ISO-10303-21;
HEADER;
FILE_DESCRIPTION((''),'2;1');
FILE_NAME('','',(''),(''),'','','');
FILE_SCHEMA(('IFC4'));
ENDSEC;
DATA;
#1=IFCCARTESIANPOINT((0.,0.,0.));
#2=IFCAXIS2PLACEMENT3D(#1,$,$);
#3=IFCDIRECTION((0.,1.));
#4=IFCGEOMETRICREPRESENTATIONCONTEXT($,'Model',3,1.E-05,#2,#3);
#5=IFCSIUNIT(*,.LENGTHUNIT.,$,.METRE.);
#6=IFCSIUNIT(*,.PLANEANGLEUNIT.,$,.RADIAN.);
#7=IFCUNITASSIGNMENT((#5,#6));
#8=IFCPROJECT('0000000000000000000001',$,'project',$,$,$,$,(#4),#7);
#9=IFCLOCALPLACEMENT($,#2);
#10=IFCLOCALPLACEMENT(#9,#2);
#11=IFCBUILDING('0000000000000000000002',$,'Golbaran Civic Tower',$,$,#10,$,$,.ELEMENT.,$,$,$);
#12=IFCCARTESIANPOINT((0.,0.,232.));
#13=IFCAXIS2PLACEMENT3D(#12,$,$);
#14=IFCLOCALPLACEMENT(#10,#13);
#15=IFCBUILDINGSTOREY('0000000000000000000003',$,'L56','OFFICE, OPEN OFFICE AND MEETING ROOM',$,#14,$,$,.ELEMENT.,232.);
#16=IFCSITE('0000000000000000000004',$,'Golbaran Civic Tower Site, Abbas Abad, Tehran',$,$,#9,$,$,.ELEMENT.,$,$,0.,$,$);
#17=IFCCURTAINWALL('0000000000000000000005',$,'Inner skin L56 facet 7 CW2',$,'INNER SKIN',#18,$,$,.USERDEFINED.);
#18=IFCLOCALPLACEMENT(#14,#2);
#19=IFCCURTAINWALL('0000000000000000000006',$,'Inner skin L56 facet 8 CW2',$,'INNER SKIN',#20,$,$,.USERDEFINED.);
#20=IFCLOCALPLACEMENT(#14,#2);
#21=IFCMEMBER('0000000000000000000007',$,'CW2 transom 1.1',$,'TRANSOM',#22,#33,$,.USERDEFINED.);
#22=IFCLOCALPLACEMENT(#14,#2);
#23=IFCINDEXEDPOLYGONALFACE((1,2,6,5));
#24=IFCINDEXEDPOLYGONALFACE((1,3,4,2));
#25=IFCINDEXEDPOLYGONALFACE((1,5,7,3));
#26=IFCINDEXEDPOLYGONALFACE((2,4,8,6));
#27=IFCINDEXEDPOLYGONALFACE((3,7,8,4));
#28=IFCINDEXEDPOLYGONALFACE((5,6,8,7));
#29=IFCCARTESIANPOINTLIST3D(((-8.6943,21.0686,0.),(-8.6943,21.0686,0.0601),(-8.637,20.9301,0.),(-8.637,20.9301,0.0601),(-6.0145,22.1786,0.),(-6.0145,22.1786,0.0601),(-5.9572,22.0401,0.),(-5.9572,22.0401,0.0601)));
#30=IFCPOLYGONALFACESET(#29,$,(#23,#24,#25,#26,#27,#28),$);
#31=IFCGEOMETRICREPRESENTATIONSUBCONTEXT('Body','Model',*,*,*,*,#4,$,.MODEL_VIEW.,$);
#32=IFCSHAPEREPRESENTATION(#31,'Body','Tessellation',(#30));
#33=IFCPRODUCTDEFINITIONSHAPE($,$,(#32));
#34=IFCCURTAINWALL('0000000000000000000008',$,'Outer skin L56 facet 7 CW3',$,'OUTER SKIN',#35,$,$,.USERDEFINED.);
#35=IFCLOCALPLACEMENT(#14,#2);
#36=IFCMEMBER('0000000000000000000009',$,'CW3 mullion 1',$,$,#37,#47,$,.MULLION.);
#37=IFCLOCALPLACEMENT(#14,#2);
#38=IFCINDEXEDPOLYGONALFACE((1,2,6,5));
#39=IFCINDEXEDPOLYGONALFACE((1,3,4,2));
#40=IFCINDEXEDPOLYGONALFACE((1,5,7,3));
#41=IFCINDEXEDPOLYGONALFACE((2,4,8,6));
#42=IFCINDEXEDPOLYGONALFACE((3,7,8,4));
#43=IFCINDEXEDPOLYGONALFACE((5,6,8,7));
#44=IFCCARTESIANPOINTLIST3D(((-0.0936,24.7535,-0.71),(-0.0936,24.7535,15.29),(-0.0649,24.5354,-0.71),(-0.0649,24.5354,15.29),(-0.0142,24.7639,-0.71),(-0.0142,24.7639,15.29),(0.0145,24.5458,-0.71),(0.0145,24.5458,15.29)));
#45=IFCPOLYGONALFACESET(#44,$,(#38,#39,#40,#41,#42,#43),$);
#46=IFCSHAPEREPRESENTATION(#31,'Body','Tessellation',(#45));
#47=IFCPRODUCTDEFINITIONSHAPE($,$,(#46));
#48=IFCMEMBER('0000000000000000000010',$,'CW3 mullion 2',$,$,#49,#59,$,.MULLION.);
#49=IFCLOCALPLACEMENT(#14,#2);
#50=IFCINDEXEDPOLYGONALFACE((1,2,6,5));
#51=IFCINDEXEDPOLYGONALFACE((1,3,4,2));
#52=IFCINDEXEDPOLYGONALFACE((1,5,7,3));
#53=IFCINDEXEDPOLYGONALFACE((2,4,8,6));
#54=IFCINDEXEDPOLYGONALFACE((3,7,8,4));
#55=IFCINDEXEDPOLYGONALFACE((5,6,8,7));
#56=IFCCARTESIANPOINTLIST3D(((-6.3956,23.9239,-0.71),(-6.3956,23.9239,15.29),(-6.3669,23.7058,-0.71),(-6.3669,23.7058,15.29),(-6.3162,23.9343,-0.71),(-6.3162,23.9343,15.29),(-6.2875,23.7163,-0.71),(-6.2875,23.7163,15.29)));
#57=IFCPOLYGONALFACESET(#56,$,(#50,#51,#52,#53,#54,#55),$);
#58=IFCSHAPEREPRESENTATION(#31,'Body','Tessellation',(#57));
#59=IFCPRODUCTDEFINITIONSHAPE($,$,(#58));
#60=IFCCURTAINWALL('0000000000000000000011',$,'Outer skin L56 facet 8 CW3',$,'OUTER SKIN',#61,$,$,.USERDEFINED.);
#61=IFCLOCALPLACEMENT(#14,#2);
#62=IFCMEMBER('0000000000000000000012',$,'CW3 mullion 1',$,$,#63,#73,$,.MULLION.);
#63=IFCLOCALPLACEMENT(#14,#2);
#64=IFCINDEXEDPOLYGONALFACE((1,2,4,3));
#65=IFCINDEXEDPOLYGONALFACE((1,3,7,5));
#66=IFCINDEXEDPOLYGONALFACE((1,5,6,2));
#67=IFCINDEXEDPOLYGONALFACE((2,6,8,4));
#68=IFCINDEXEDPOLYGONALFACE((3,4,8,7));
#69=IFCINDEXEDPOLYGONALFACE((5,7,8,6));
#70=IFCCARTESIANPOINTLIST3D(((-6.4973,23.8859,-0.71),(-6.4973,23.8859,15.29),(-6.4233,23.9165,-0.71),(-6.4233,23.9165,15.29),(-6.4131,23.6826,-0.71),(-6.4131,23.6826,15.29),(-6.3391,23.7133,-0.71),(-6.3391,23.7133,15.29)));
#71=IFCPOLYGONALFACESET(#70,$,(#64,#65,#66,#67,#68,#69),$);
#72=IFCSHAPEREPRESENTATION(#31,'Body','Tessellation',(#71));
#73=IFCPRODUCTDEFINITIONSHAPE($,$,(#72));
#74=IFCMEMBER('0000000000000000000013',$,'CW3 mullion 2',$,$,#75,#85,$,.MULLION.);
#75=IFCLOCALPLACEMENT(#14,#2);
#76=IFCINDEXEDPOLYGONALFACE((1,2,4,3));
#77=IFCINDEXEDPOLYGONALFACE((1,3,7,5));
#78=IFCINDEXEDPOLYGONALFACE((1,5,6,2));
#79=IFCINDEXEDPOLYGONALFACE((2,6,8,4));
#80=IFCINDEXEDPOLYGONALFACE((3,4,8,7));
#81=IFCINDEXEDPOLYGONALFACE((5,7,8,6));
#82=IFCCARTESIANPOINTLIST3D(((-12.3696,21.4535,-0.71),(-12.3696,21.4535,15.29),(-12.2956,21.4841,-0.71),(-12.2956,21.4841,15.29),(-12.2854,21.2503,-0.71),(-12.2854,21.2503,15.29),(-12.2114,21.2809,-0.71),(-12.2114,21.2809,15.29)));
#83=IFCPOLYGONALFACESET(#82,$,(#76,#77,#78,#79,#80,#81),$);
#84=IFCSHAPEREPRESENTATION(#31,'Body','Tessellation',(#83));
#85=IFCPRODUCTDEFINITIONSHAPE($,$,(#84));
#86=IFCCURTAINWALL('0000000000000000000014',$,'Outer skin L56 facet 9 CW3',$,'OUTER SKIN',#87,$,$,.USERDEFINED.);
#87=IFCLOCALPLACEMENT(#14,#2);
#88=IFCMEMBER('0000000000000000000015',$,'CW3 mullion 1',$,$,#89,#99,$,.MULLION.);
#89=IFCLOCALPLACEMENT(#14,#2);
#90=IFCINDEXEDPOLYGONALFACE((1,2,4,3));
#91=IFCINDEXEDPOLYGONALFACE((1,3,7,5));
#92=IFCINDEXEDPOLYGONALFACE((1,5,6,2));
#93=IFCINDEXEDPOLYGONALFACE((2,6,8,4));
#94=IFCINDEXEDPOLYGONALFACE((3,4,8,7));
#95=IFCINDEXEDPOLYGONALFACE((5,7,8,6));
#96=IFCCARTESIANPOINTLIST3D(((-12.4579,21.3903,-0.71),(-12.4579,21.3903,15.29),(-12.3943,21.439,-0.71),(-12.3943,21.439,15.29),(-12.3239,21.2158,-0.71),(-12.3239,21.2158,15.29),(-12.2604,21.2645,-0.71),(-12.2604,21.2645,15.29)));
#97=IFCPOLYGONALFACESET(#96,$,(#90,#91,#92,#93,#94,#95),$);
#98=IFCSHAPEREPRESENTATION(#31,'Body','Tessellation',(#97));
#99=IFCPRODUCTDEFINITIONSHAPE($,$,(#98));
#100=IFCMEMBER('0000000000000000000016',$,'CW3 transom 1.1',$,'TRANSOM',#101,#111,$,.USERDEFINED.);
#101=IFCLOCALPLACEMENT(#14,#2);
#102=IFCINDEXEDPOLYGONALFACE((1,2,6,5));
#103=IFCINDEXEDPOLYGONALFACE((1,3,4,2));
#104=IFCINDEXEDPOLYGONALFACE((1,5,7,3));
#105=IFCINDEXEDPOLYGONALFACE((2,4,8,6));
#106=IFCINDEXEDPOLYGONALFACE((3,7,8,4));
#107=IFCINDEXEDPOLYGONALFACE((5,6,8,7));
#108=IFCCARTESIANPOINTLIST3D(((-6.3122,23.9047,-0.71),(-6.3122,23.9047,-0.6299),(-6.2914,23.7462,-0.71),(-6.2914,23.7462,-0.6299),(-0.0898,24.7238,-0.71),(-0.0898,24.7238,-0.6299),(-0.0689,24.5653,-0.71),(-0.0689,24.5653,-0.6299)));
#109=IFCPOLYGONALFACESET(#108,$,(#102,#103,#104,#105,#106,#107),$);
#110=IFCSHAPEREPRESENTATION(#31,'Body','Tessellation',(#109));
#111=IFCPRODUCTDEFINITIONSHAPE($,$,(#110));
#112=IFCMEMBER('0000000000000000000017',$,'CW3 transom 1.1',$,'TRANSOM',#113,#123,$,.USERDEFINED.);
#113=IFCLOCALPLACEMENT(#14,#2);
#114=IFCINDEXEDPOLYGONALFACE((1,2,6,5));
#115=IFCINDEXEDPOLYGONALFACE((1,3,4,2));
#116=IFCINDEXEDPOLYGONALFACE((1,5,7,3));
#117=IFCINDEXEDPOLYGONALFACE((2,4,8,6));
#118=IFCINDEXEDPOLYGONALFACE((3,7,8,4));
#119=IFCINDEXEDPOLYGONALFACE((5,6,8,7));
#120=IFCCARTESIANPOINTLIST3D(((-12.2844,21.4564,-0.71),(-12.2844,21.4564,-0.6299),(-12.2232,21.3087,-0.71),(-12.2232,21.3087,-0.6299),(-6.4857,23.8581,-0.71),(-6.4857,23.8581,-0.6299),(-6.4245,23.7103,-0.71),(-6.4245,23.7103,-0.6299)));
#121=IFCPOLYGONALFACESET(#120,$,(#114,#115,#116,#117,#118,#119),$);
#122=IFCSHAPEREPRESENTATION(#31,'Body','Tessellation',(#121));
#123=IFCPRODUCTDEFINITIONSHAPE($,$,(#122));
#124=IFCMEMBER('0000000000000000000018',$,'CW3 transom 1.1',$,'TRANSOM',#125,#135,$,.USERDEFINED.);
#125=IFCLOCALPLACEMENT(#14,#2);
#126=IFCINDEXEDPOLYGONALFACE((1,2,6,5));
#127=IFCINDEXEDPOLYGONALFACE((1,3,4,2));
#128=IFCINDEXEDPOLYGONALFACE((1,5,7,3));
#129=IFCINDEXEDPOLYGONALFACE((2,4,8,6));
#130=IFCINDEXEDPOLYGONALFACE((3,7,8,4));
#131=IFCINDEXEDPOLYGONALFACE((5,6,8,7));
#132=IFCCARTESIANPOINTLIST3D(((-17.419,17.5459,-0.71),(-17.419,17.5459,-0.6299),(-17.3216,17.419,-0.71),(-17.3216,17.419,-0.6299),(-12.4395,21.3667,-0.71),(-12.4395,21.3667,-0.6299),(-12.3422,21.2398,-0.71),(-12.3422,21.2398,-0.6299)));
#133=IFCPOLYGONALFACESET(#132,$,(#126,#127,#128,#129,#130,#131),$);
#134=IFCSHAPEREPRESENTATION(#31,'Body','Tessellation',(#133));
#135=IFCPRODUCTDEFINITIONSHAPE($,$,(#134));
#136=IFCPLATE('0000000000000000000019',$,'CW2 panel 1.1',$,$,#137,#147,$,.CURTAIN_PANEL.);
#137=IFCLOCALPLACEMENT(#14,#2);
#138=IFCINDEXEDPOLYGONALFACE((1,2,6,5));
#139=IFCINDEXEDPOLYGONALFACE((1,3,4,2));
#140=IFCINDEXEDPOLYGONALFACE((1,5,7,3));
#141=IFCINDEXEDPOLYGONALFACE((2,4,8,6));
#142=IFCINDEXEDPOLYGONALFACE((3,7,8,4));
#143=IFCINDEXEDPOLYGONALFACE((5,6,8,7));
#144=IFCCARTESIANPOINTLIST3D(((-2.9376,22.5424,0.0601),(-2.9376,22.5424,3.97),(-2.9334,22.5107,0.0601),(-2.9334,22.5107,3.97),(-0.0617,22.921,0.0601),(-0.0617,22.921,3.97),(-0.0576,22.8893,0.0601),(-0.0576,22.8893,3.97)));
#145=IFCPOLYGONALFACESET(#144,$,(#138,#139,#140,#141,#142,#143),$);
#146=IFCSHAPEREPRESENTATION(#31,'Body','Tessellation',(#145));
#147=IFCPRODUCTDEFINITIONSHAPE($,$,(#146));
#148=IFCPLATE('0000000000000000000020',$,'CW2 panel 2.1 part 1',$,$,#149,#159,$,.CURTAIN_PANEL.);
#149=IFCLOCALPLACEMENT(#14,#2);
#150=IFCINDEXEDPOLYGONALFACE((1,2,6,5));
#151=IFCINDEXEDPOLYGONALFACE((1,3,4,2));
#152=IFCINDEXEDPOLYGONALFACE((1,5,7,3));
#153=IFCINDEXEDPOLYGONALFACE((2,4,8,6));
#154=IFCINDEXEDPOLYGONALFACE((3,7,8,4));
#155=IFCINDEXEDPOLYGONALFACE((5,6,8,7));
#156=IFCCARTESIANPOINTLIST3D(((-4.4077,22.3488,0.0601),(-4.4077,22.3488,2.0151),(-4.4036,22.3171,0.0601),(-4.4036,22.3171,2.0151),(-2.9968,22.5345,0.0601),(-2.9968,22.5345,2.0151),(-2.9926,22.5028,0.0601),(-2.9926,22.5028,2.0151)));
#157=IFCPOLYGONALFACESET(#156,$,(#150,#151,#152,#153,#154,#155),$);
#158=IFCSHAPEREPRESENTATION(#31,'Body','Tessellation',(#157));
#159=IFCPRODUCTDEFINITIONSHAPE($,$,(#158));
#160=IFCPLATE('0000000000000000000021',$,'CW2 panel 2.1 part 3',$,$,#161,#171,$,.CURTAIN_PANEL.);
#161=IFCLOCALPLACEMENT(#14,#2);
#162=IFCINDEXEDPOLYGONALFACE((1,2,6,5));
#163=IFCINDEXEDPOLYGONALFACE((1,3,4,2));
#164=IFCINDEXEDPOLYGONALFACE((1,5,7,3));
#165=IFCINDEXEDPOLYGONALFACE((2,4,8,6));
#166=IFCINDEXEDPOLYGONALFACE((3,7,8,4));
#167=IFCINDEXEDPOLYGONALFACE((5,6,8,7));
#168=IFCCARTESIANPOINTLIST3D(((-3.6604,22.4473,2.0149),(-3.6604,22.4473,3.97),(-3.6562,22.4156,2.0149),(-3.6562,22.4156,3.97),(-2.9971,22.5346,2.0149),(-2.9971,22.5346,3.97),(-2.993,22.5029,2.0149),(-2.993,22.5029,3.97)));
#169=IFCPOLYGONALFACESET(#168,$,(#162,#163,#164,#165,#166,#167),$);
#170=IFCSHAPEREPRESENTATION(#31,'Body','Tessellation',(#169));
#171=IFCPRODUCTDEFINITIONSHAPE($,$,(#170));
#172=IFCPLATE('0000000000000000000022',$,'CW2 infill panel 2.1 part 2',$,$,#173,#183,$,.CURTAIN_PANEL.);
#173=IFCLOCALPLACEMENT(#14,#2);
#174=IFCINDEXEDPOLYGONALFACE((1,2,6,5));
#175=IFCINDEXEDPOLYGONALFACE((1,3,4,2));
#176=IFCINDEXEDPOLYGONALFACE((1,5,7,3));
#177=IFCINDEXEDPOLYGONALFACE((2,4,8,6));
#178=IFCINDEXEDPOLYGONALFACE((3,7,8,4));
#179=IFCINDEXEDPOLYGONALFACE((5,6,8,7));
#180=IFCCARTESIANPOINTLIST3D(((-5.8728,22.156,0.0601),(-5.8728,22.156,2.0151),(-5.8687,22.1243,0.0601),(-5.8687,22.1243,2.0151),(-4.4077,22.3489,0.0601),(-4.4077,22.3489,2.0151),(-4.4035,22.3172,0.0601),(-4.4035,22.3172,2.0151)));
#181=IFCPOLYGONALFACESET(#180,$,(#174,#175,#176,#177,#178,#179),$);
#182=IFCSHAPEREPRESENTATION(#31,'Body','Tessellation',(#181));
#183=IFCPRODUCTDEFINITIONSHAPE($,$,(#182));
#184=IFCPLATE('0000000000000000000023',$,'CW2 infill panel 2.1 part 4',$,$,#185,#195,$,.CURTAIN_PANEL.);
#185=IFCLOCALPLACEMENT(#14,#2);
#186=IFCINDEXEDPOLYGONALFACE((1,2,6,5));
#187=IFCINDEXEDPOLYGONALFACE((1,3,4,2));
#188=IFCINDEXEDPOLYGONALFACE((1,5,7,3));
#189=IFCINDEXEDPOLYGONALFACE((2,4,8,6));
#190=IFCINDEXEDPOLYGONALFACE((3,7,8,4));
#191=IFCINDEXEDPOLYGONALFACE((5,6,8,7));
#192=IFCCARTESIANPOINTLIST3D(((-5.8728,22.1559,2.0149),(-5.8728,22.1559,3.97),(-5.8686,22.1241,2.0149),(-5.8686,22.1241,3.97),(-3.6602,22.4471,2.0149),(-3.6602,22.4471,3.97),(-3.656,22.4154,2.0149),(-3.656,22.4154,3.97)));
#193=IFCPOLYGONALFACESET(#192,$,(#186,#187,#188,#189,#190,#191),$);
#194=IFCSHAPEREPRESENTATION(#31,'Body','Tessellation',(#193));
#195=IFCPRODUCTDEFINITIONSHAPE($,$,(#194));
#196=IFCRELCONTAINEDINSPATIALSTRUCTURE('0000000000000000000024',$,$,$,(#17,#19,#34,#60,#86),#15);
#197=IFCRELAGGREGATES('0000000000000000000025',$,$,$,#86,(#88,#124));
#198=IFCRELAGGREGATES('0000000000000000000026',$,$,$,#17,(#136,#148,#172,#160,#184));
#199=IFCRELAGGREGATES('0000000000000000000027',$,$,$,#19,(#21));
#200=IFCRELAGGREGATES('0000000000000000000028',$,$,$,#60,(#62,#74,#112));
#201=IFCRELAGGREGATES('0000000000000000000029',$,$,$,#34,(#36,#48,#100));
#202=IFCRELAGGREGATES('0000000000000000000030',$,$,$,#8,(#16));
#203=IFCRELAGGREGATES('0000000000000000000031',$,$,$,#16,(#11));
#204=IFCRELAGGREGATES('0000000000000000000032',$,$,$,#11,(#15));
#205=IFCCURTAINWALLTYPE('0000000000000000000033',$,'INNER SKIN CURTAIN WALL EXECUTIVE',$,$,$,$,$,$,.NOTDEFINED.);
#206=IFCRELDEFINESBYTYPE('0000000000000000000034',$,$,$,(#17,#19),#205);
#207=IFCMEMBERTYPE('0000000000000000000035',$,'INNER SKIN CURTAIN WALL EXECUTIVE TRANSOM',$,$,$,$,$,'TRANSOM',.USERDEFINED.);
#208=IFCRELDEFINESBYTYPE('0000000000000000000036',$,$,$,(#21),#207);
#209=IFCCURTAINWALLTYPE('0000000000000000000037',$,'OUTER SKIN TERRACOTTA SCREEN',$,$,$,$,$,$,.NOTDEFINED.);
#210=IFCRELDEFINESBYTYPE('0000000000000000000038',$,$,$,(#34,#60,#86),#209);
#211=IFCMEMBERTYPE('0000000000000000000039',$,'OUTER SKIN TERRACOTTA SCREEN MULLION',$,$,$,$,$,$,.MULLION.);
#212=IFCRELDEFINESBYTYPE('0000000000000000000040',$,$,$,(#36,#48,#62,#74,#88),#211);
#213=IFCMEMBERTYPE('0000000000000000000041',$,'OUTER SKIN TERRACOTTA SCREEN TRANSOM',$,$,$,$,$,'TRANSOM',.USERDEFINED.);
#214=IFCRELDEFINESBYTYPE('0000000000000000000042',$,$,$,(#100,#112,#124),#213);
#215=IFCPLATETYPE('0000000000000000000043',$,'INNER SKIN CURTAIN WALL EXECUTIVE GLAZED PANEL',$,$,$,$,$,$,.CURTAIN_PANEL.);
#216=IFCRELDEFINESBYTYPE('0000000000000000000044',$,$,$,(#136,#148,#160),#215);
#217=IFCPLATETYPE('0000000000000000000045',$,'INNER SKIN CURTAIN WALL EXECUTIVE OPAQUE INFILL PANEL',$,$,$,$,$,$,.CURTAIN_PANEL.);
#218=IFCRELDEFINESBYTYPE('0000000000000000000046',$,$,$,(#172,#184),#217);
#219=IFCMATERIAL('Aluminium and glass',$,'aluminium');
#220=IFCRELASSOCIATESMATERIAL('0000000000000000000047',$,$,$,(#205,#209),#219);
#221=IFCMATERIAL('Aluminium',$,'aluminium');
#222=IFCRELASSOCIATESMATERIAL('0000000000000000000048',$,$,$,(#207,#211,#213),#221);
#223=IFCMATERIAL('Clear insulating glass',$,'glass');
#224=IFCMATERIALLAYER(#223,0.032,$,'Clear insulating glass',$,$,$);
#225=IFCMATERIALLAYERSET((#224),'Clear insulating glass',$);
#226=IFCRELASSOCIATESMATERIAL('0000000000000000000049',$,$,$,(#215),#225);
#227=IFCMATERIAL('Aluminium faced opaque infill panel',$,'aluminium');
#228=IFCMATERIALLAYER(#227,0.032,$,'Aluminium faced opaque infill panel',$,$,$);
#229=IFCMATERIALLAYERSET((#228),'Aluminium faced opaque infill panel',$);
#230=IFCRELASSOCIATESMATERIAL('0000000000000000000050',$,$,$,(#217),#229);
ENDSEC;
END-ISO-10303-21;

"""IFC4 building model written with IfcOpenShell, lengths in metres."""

from ifc_helpers import new_model, si_unit, direction, frame, origin, origin_2d, place, context, subcontext, project, spatial, rectangle, extrude, material, layer, layer_set, material_profile, profile_set, type_object, element, aggregate, save


model = new_model("IFC4")

# Units and contexts
model_context = context("Model", 3, precision=1e-05, world=origin(), true_north=direction((0.0, 1.0)))
body_context = subcontext(model_context, "Body", "Model", "MODEL_VIEW")
ifc_project = project(units=[si_unit("LENGTHUNIT", "METRE"), si_unit("PLANEANGLEUNIT", "RADIAN")], contexts=[model_context])

# Site, building, storey
site_placement = place(None, origin())
site = spatial("IfcSite", under=ifc_project, at=site_placement, Name="Golbaran Civic Tower Site, Abbas Abad, Tehran", CompositionType="ELEMENT", RefElevation=0.0)
building_placement = place(site_placement, origin())
building = spatial("IfcBuilding", under=site, at=building_placement, Name="Golbaran Civic Tower", CompositionType="ELEMENT")
storey_placement = place(building_placement, frame((0.0, 0.0, 232.0)))
storey = spatial("IfcBuildingStorey", under=building, at=storey_placement, Name="L56", Description="OFFICE, OPEN OFFICE AND MEETING ROOM", CompositionType="ELEMENT", Elevation=232.0)

# Curtain wall
ifc_material_1 = material(Name="Aluminium and glass", Category="aluminium")
curtain_wall_type_1 = type_object("IfcCurtainWallType", Name="INNER SKIN CURTAIN WALL EXECUTIVE", PredefinedType="NOTDEFINED", material=ifc_material_1)
curtain_wall_1_placement = place(storey_placement, origin())
curtain_wall_1 = element("IfcCurtainWall", 1, at=curtain_wall_1_placement, inside=storey, type_object=curtain_wall_type_1, Name="Inner skin L56 facet 7 CW2", ObjectType="INNER SKIN", PredefinedType="USERDEFINED")
ifc_material_2 = material(Name="Aluminium", Category="aluminium")

# Curtain wall
curtain_wall_2_placement = place(storey_placement, origin())
curtain_wall_2 = element("IfcCurtainWall", 2, at=curtain_wall_2_placement, inside=storey, type_object=curtain_wall_type_1, Name="Inner skin L56 facet 8 CW2", ObjectType="INNER SKIN", PredefinedType="USERDEFINED")

# Member
ifc_material_profile_1 = material_profile(ifc_material_2, rectangle(XDim=0.1499, YDim=0.0601, at=origin_2d()), Name="INNER SKIN CURTAIN WALL EXECUTIVE TRANSOM")
ifc_profile_set_1 = profile_set([ifc_material_profile_1], Name="Aluminium")
member_type_1 = type_object("IfcMemberType", Name="INNER SKIN CURTAIN WALL EXECUTIVE TRANSOM", ElementType="TRANSOM", PredefinedType="USERDEFINED", material=ifc_profile_set_1)
member_1_placement = place(storey_placement, frame((-5.9858, 22.1094, 0.03), z_axis=(-0.923874, -0.382696, 0.0), x_axis=(0.382696, -0.923874, 0.0)))
member_1 = element("IfcMember", 3, at=member_1_placement, type_object=member_type_1, Name="CW2 transom 1.1", ObjectType="TRANSOM", PredefinedType="USERDEFINED", context=body_context, shape_type="SweptSolid", body=[
    extrude(rectangle(XDim=0.1499, YDim=0.0601, at=origin_2d()), origin(), (0.0, 0.0, 1.0), 2.9006),
])

# Curtain walls, members
curtain_wall_type_2 = type_object("IfcCurtainWallType", Name="OUTER SKIN TERRACOTTA SCREEN", PredefinedType="NOTDEFINED", material=ifc_material_1)
curtain_wall_3_placement = place(storey_placement, origin())
curtain_wall_3 = element("IfcCurtainWall", 4, at=curtain_wall_3_placement, inside=storey, type_object=curtain_wall_type_2, Name="Outer skin L56 facet 7 CW3", ObjectType="OUTER SKIN", PredefinedType="USERDEFINED")
ifc_material_profile_2 = material_profile(ifc_material_2, rectangle(XDim=0.22, YDim=0.0801, at=origin_2d()), Name="OUTER SKIN TERRACOTTA SCREEN MULLION")
ifc_profile_set_2 = profile_set([ifc_material_profile_2], Name="Aluminium")
member_type_2 = type_object("IfcMemberType", Name="OUTER SKIN TERRACOTTA SCREEN MULLION", PredefinedType="MULLION", material=ifc_profile_set_2)
member_2_placement = place(storey_placement, frame((-0.0396, 24.6497, -0.71), z_axis=(0.0, 0.0, 1.0), x_axis=(0.130526, -0.991445, 0.0)))
member_2 = element("IfcMember", 5, at=member_2_placement, type_object=member_type_2, Name="CW3 mullion 1", PredefinedType="MULLION", context=body_context, shape_type="SweptSolid", body=[
    extrude(rectangle(XDim=0.22, YDim=0.0801, at=origin_2d()), origin(), (0.0, 0.0, 1.0), 16.0),
])
member_3_placement = place(storey_placement, frame((-6.3416, 23.8201, -0.71), z_axis=(0.0, 0.0, 1.0), x_axis=(0.130526, -0.991445, 0.0)))
member_3 = element("IfcMember", 6, at=member_3_placement, type_object=member_type_2, Name="CW3 mullion 2", PredefinedType="MULLION", context=body_context, shape_type="SweptSolid", body=[
    extrude(rectangle(XDim=0.22, YDim=0.0801, at=origin_2d()), origin(), (0.0, 0.0, 1.0), 16.0),
])
curtain_wall_4_placement = place(storey_placement, origin())
curtain_wall_4 = element("IfcCurtainWall", 7, at=curtain_wall_4_placement, inside=storey, type_object=curtain_wall_type_2, Name="Outer skin L56 facet 8 CW3", ObjectType="OUTER SKIN", PredefinedType="USERDEFINED")
member_4_placement = place(storey_placement, frame((-6.4182, 23.7996, -0.71), z_axis=(0.0, 0.0, 1.0), x_axis=(0.382683, -0.92388, 0.0)))
member_4 = element("IfcMember", 8, at=member_4_placement, type_object=member_type_2, Name="CW3 mullion 1", PredefinedType="MULLION", context=body_context, shape_type="SweptSolid", body=[
    extrude(rectangle(XDim=0.22, YDim=0.0801, at=origin_2d()), origin(), (0.0, 0.0, 1.0), 16.0),
])
member_5_placement = place(storey_placement, frame((-12.2905, 21.3672, -0.71), z_axis=(0.0, 0.0, 1.0), x_axis=(0.382683, -0.92388, 0.0)))
member_5 = element("IfcMember", 9, at=member_5_placement, type_object=member_type_2, Name="CW3 mullion 2", PredefinedType="MULLION", context=body_context, shape_type="SweptSolid", body=[
    extrude(rectangle(XDim=0.22, YDim=0.0801, at=origin_2d()), origin(), (0.0, 0.0, 1.0), 16.0),
])

# Curtain wall, member
curtain_wall_5_placement = place(storey_placement, origin())
curtain_wall_5 = element("IfcCurtainWall", 10, at=curtain_wall_5_placement, inside=storey, type_object=curtain_wall_type_2, Name="Outer skin L56 facet 9 CW3", ObjectType="OUTER SKIN", PredefinedType="USERDEFINED")
member_6_placement = place(storey_placement, frame((-12.3591, 21.3274, -0.71), z_axis=(0.0, 0.0, 1.0), x_axis=(0.608761, -0.793353, 0.0)))
member_6 = element("IfcMember", 11, at=member_6_placement, type_object=member_type_2, Name="CW3 mullion 1", PredefinedType="MULLION", context=body_context, shape_type="SweptSolid", body=[
    extrude(rectangle(XDim=0.22, YDim=0.0801, at=origin_2d()), origin(), (0.0, 0.0, 1.0), 16.0),
])

# Members
ifc_material_profile_3 = material_profile(ifc_material_2, rectangle(XDim=0.1599, YDim=0.0801, at=origin_2d()), Name="OUTER SKIN TERRACOTTA SCREEN TRANSOM")
ifc_profile_set_3 = profile_set([ifc_material_profile_3], Name="Aluminium")
member_type_3 = type_object("IfcMemberType", Name="OUTER SKIN TERRACOTTA SCREEN TRANSOM", ElementType="TRANSOM", PredefinedType="USERDEFINED", material=ifc_profile_set_3)
member_7_placement = place(storey_placement, frame((-0.0793, 24.6445, -0.6699), z_axis=(-0.991447, -0.13051, 0.0), x_axis=(0.13051, -0.991447, 0.0)))
member_7 = element("IfcMember", 12, at=member_7_placement, type_object=member_type_3, Name="CW3 transom 1.1", ObjectType="TRANSOM", PredefinedType="USERDEFINED", context=body_context, shape_type="SweptSolid", body=[
    extrude(rectangle(XDim=0.1599, YDim=0.0801, at=origin_2d()), origin(), (0.0, 0.0, 1.0), 6.2761),
])
member_8_placement = place(storey_placement, frame((-6.4551, 23.7842, -0.6699), z_axis=(-0.923893, -0.382651, 0.0), x_axis=(0.382651, -0.923893, 0.0)))
member_8 = element("IfcMember", 13, at=member_8_placement, type_object=member_type_3, Name="CW3 transom 1.1", ObjectType="TRANSOM", PredefinedType="USERDEFINED", context=body_context, shape_type="SweptSolid", body=[
    extrude(rectangle(XDim=0.1599, YDim=0.0801, at=origin_2d()), origin(), (0.0, 0.0, 1.0), 6.2764),
])
member_9_placement = place(storey_placement, frame((-12.3909, 21.3032, -0.6699), z_axis=(-0.793361, -0.608752, 0.0), x_axis=(0.608752, -0.793361, 0.0)))
member_9 = element("IfcMember", 14, at=member_9_placement, type_object=member_type_3, Name="CW3 transom 1.1", ObjectType="TRANSOM", PredefinedType="USERDEFINED", context=body_context, shape_type="SweptSolid", body=[
    extrude(rectangle(XDim=0.1599, YDim=0.0801, at=origin_2d()), origin(), (0.0, 0.0, 1.0), 6.2764),
])
aggregate(curtain_wall_5, [member_6, member_9])

# Plates
ifc_material_3 = material(Name="Clear insulating glass", Category="glass")
ifc_layer_1 = layer(ifc_material_3, 0.032, Name="Clear insulating glass")
ifc_layer_set_1 = layer_set([ifc_layer_1], Name="Clear insulating glass")
plate_type_1 = type_object("IfcPlateType", Name="INNER SKIN CURTAIN WALL EXECUTIVE GLAZED PANEL", PredefinedType="CURTAIN_PANEL", material=ifc_layer_set_1)
plate_1_placement = place(storey_placement, frame((-1.4976, 22.7158, 0.0601), z_axis=(0.0, 0.0, 1.0), x_axis=(-0.991445, -0.130526, 0.0)))
plate_1 = element("IfcPlate", 15, at=plate_1_placement, type_object=plate_type_1, Name="CW2 panel 1.1", PredefinedType="CURTAIN_PANEL", context=body_context, shape_type="SweptSolid", body=[
    extrude(rectangle(XDim=2.9006, YDim=0.032, at=origin_2d()), origin(), (0.0, 0.0, 1.0), 3.9099),
])
plate_2_placement = place(storey_placement, frame((-3.7002, 22.4258, 0.0601), z_axis=(0.0, 0.0, 1.0), x_axis=(-0.991445, -0.130526, 0.0)))
plate_2 = element("IfcPlate", 16, at=plate_2_placement, type_object=plate_type_1, Name="CW2 panel 2.1 part 1", PredefinedType="CURTAIN_PANEL", context=body_context, shape_type="SweptSolid", body=[
    extrude(rectangle(XDim=1.4231, YDim=0.032, at=origin_2d()), origin(), (0.0, 0.0, 1.0), 1.9551),
])
plate_3_placement = place(storey_placement, frame((-3.3267, 22.4751, 2.0149), z_axis=(0.0, 0.0, 1.0), x_axis=(-0.991445, -0.130526, 0.0)))
plate_3 = element("IfcPlate", 17, at=plate_3_placement, type_object=plate_type_1, Name="CW2 panel 2.1 part 3", PredefinedType="CURTAIN_PANEL", context=body_context, shape_type="SweptSolid", body=[
    extrude(rectangle(XDim=0.6689, YDim=0.032, at=origin_2d()), origin(), (0.0, 0.0, 1.0), 1.9551),
])
ifc_material_4 = material(Name="Aluminium faced opaque infill panel", Category="aluminium")
ifc_layer_2 = layer(ifc_material_4, 0.032, Name="Aluminium faced opaque infill panel")
ifc_layer_set_2 = layer_set([ifc_layer_2], Name="Aluminium faced opaque infill panel")
plate_type_2 = type_object("IfcPlateType", Name="INNER SKIN CURTAIN WALL EXECUTIVE OPAQUE INFILL PANEL", PredefinedType="CURTAIN_PANEL", material=ifc_layer_set_2)
plate_4_placement = place(storey_placement, frame((-5.1382, 22.2366, 0.0601), z_axis=(0.0, 0.0, 1.0), x_axis=(-0.991445, -0.130526, 0.0)))
plate_4 = element("IfcPlate", 18, at=plate_4_placement, type_object=plate_type_2, Name="CW2 infill panel 2.1 part 2", PredefinedType="CURTAIN_PANEL", context=body_context, shape_type="SweptSolid", body=[
    extrude(rectangle(XDim=1.4778, YDim=0.032, at=origin_2d()), origin(), (0.0, 0.0, 1.0), 1.9551),
])
plate_5_placement = place(storey_placement, frame((-4.7644, 22.2856, 2.0149), z_axis=(0.0, 0.0, 1.0), x_axis=(-0.991445, -0.130526, 0.0)))
plate_5 = element("IfcPlate", 19, at=plate_5_placement, type_object=plate_type_2, Name="CW2 infill panel 2.1 part 4", PredefinedType="CURTAIN_PANEL", context=body_context, shape_type="SweptSolid", body=[
    extrude(rectangle(XDim=2.2317, YDim=0.032, at=origin_2d()), origin(), (0.0, 0.0, 1.0), 1.9551),
])
aggregate(curtain_wall_1, [plate_1, plate_2, plate_4, plate_3, plate_5])
aggregate(curtain_wall_2, [member_1])
aggregate(curtain_wall_4, [member_4, member_5, member_8])
aggregate(curtain_wall_3, [member_2, member_3, member_7])

save(model, "model.ifc")
